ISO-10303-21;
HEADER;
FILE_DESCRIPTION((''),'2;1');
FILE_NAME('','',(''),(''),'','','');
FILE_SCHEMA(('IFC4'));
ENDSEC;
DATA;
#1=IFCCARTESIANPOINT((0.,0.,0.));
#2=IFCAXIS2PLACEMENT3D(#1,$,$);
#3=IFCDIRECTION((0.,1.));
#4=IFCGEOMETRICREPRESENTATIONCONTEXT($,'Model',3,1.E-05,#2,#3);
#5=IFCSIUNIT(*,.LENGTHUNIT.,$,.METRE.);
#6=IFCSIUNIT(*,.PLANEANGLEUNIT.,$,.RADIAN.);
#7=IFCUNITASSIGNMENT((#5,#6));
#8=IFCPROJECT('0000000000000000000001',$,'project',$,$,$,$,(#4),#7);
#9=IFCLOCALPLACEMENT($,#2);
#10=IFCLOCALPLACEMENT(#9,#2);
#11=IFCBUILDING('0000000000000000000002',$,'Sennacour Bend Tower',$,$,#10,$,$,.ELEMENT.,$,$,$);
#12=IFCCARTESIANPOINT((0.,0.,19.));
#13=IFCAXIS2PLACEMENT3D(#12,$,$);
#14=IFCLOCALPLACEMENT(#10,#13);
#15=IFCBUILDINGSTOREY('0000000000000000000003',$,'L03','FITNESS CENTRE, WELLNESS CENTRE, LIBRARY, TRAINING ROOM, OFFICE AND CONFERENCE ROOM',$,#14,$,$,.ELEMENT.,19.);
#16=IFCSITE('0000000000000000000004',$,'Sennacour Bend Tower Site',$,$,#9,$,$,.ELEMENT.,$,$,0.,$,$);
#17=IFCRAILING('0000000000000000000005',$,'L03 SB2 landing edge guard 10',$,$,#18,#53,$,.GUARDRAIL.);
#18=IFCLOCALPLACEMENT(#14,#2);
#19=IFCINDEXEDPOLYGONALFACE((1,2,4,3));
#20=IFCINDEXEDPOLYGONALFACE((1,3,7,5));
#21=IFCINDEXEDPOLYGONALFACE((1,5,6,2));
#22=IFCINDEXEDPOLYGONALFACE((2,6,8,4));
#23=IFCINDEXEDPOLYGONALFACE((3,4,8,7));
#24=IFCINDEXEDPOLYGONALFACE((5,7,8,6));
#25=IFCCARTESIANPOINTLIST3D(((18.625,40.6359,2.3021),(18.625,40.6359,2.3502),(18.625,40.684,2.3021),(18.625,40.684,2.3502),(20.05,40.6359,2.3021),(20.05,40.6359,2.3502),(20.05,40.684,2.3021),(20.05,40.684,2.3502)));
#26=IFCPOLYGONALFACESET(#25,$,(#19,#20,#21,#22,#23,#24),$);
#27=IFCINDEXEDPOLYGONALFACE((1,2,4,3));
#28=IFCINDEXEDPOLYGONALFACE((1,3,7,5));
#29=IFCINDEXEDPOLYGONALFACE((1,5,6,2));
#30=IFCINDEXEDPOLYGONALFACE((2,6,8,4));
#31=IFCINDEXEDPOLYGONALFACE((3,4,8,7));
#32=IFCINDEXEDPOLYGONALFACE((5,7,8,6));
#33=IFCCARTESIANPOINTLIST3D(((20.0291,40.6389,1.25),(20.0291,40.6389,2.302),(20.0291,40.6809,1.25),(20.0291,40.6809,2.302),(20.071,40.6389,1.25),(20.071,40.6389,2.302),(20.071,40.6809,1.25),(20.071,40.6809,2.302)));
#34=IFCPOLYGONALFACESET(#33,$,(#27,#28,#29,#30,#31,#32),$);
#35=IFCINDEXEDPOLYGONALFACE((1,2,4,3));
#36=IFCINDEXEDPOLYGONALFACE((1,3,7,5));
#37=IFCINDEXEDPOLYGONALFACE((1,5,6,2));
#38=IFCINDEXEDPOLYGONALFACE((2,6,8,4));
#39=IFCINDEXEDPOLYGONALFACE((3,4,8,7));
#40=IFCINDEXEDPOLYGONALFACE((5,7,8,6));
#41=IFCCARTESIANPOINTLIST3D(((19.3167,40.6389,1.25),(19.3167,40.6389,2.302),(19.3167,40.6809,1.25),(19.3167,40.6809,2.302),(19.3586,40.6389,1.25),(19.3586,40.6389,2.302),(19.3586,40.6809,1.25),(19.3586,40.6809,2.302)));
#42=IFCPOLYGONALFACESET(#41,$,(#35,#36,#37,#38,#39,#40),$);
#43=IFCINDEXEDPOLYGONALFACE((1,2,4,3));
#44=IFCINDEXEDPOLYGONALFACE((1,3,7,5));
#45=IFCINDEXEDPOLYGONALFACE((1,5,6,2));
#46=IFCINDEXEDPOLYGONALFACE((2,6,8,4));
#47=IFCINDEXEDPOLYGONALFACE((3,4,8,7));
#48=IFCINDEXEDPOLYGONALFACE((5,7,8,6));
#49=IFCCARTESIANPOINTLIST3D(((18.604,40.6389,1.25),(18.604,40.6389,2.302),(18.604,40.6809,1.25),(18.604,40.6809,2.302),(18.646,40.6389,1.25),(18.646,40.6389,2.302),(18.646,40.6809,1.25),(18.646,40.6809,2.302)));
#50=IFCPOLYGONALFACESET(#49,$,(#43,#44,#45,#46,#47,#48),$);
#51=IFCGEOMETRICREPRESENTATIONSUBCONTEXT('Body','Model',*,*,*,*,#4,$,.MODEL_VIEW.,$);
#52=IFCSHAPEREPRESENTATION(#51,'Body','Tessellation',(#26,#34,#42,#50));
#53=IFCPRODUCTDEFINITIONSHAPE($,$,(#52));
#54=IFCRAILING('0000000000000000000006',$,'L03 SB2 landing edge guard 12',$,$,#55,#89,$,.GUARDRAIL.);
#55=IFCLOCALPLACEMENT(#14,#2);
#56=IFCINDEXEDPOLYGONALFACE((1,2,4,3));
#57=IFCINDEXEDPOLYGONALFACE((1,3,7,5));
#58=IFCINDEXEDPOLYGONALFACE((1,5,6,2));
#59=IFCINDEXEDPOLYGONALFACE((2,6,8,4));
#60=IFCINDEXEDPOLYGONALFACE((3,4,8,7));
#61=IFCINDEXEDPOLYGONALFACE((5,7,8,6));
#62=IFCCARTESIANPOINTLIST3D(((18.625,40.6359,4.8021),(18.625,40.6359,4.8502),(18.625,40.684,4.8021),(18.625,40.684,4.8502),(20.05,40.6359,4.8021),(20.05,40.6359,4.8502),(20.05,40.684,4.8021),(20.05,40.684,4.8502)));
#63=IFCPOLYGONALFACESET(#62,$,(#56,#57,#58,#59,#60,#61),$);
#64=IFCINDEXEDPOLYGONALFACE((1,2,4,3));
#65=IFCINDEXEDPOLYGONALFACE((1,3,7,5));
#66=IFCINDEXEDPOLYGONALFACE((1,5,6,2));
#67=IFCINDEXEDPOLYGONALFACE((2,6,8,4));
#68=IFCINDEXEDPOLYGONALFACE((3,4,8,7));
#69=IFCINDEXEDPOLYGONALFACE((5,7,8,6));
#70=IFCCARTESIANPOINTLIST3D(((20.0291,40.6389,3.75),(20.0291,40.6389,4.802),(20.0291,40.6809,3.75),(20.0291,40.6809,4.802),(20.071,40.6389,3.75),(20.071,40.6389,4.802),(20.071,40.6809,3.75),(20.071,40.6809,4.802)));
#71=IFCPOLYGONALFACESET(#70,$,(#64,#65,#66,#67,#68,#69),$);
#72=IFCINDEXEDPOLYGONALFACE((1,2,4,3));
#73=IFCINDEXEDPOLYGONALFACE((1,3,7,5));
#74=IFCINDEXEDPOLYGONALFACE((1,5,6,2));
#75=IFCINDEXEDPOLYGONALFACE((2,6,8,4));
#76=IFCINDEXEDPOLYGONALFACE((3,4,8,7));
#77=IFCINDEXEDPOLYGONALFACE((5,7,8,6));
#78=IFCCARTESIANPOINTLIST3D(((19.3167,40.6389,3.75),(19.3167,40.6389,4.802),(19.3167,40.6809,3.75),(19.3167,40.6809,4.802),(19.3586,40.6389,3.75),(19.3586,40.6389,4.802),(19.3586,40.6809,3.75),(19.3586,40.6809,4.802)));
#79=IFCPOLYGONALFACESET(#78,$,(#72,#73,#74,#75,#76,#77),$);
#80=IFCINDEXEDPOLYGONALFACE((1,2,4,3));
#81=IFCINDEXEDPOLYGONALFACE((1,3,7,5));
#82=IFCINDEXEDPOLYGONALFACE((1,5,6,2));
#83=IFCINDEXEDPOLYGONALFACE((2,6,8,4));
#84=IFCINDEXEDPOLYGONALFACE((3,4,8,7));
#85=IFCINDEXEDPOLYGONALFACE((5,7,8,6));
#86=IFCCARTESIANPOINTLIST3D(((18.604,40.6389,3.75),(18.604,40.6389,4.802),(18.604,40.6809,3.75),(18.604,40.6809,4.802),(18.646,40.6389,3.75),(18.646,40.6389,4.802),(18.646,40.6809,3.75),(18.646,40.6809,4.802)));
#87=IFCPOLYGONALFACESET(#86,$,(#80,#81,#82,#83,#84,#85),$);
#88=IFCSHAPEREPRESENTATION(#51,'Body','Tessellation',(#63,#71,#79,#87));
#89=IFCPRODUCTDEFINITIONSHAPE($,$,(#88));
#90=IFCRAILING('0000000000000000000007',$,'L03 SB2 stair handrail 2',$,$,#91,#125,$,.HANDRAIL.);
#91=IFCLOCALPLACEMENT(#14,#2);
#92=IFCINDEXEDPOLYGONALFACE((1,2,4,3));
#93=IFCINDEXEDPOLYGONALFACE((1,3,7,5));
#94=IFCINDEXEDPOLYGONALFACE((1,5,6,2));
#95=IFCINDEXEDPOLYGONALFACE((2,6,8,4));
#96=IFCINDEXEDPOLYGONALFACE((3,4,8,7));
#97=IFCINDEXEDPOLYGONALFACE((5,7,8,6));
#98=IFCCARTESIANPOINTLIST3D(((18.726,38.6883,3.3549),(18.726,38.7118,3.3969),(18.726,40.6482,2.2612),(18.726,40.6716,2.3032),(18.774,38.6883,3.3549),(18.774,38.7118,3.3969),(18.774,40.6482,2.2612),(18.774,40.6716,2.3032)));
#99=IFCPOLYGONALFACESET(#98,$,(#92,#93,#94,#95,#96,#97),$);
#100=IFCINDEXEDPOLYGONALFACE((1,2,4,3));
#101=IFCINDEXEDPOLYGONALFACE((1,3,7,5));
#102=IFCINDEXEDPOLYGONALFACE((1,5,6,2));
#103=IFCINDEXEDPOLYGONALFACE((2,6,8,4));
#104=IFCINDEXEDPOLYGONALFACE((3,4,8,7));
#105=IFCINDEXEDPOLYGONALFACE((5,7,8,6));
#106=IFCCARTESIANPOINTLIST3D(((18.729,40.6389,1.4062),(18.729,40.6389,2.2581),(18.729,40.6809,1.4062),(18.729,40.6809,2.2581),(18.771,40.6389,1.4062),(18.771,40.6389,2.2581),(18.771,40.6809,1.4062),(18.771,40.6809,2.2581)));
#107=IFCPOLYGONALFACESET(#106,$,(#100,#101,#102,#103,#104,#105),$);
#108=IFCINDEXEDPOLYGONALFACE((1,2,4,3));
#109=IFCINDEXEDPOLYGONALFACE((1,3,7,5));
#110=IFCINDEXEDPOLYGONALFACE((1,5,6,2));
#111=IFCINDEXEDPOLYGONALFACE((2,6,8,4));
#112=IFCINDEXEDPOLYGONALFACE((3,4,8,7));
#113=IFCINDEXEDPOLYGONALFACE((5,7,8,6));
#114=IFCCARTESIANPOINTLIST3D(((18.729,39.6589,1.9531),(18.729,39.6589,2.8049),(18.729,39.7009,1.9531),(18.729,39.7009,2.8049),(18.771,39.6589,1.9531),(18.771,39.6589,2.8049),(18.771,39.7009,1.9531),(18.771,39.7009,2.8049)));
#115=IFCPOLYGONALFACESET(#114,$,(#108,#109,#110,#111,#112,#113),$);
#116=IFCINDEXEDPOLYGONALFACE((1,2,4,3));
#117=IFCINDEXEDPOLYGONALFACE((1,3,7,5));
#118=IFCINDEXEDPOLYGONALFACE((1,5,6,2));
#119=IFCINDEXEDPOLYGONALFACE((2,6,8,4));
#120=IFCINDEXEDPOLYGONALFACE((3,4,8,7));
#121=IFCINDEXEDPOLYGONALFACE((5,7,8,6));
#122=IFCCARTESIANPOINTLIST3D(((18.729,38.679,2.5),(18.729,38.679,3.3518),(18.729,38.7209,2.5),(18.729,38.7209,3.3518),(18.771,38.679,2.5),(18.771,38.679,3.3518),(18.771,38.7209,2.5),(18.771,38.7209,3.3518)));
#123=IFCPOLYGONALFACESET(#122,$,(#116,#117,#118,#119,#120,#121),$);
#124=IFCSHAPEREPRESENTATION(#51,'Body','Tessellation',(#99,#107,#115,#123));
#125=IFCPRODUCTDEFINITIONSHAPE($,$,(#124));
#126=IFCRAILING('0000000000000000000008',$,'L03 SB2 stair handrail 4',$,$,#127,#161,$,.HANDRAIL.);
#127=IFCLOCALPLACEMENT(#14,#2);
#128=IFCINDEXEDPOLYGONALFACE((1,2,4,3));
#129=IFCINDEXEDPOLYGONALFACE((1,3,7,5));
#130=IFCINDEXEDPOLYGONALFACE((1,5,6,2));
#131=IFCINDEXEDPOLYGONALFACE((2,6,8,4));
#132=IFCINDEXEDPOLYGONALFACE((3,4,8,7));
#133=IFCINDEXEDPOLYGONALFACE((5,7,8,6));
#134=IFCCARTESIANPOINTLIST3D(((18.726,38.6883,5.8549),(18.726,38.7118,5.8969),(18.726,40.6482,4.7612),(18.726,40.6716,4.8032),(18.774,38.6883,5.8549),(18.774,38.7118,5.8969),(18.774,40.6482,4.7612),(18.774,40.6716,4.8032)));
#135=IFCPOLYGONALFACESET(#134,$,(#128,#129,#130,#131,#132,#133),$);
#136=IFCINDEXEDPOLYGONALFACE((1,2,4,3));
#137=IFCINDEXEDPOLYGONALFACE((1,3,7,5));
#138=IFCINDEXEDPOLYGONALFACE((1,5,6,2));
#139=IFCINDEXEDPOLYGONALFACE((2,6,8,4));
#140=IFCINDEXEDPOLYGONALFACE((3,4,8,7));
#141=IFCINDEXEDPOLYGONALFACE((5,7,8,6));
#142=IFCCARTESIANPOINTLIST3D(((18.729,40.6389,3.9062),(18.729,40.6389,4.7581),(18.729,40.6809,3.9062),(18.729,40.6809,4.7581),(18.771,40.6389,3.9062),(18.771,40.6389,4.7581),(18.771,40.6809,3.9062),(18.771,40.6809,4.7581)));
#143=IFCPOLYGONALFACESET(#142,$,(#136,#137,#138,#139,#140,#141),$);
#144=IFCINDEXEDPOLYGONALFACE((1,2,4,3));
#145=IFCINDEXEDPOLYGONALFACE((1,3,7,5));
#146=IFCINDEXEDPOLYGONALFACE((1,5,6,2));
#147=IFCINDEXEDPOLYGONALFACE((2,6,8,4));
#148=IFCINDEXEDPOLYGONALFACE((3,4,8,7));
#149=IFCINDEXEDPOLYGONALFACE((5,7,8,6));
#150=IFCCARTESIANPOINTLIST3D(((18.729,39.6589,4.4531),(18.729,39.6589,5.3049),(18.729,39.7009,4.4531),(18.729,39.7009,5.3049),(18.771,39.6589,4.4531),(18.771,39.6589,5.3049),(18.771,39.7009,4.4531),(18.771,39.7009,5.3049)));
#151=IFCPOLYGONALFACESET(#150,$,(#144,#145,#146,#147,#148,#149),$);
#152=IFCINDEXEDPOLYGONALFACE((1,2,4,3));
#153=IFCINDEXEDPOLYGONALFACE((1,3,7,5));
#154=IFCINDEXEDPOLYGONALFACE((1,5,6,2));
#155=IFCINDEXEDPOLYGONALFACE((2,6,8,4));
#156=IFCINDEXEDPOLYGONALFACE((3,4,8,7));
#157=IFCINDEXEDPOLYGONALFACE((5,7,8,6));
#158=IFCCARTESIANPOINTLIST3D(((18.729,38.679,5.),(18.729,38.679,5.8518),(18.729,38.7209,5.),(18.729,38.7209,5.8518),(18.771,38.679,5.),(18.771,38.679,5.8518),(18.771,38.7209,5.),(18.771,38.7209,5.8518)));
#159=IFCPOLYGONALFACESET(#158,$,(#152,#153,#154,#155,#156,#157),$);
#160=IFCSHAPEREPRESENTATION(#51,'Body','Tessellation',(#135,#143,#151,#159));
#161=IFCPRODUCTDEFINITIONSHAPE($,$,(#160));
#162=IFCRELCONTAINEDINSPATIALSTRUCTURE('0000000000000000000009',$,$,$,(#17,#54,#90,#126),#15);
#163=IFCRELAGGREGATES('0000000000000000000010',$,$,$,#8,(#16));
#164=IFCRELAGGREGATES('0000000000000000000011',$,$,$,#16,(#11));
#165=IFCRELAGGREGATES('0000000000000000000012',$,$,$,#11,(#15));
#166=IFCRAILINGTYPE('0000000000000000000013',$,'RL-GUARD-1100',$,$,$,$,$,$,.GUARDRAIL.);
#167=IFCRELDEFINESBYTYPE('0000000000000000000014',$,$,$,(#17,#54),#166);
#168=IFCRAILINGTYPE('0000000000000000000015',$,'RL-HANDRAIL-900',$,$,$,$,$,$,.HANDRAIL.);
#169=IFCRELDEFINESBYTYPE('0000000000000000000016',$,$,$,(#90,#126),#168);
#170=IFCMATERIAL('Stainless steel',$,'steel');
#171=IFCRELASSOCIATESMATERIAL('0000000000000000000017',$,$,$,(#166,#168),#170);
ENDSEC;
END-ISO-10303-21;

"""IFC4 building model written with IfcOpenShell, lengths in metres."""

from ifc_helpers import new_model, si_unit, direction, frame, origin, origin_2d, place, context, subcontext, project, spatial, rectangle, extrude, material, type_object, element, save


model = new_model("IFC4")

# Units and contexts
model_context = context("Model", 3, precision=1e-05, world=origin(), true_north=direction((0.0, 1.0)))
body_context = subcontext(model_context, "Body", "Model", "MODEL_VIEW")
ifc_project = project(units=[si_unit("LENGTHUNIT", "METRE"), si_unit("PLANEANGLEUNIT", "RADIAN")], contexts=[model_context])

# Site, building, storey
site_placement = place(None, origin())
site = spatial("IfcSite", under=ifc_project, at=site_placement, Name="Sennacour Bend Tower Site", CompositionType="ELEMENT", RefElevation=0.0)
building_placement = place(site_placement, origin())
building = spatial("IfcBuilding", under=site, at=building_placement, Name="Sennacour Bend Tower", CompositionType="ELEMENT")
storey_placement = place(building_placement, frame((0.0, 0.0, 19.0)))
storey = spatial("IfcBuildingStorey", under=building, at=storey_placement, Name="L03", Description="FITNESS CENTRE, WELLNESS CENTRE, LIBRARY, TRAINING ROOM, OFFICE AND CONFERENCE ROOM", CompositionType="ELEMENT", Elevation=19.0)

# Shared definitions
ifc_material_1 = material(Name="Stainless steel", Category="steel")

# Railings
railing_type_1 = type_object("IfcRailingType", Name="RL-GUARD-1100", PredefinedType="GUARDRAIL", material=ifc_material_1)
for number, where, name in (
    (1, (20.05, 40.6599, 1.25), "L03 SB2 landing edge guard 10"),
    (2, (20.05, 40.6599, 3.75), "L03 SB2 landing edge guard 12"),
):
    element("IfcRailing", number, at=place(storey_placement, frame(where)), inside=storey, type_object=railing_type_1, Name=name, PredefinedType="GUARDRAIL", context=body_context, shape_type="SweptSolid", body=[
        extrude(rectangle(XDim=0.0481, YDim=0.0481, at=origin_2d()), frame((0.0, 0.0, 1.0762), z_axis=(-1.0, 0.0, 0.0), x_axis=(0.0, -1.0, 0.0)), (0.0, 0.0, 1.0), 1.425),
        extrude(rectangle(XDim=0.042, YDim=0.042, at=origin_2d()), origin(), (0.0, 0.0, 1.0), 1.052),
        extrude(rectangle(XDim=0.042, YDim=0.042, at=origin_2d()), frame((-0.7124, 0.0, 0.0)), (0.0, 0.0, 1.0), 1.052),
        extrude(rectangle(XDim=0.042, YDim=0.042, at=origin_2d()), frame((-1.425, 0.0, 0.0)), (0.0, 0.0, 1.0), 1.052),
    ])
railing_type_2 = type_object("IfcRailingType", Name="RL-HANDRAIL-900", PredefinedType="HANDRAIL", material=ifc_material_1)
for number, where, name in (
    (3, (18.75, 40.6599, 1.4062), "L03 SB2 stair handrail 2"),
    (4, (18.75, 40.6599, 3.9062), "L03 SB2 stair handrail 4"),
):
    element("IfcRailing", number, at=place(storey_placement, frame(where)), inside=storey, type_object=railing_type_2, Name=name, PredefinedType="HANDRAIL", context=body_context, shape_type="SweptSolid", body=[
        extrude(rectangle(XDim=0.0481, YDim=0.0481, at=origin_2d()), frame((0.0, 0.0, 0.876), z_axis=(0.0, -0.873232, 0.487304), x_axis=(1.0, 0.0, 0.0)), (0.0, 0.0, 1.0), 2.2444),
        extrude(rectangle(XDim=0.042, YDim=0.042, at=origin_2d()), origin(), (0.0, 0.0, 1.0), 0.8518),
        extrude(rectangle(XDim=0.042, YDim=0.042, at=origin_2d()), frame((0.0, -0.98, 0.5469)), (0.0, 0.0, 1.0), 0.8518),
        extrude(rectangle(XDim=0.042, YDim=0.042, at=origin_2d()), frame((0.0, -1.96, 1.0938)), (0.0, 0.0, 1.0), 0.8518),
    ])

save(model, "model.ifc")
